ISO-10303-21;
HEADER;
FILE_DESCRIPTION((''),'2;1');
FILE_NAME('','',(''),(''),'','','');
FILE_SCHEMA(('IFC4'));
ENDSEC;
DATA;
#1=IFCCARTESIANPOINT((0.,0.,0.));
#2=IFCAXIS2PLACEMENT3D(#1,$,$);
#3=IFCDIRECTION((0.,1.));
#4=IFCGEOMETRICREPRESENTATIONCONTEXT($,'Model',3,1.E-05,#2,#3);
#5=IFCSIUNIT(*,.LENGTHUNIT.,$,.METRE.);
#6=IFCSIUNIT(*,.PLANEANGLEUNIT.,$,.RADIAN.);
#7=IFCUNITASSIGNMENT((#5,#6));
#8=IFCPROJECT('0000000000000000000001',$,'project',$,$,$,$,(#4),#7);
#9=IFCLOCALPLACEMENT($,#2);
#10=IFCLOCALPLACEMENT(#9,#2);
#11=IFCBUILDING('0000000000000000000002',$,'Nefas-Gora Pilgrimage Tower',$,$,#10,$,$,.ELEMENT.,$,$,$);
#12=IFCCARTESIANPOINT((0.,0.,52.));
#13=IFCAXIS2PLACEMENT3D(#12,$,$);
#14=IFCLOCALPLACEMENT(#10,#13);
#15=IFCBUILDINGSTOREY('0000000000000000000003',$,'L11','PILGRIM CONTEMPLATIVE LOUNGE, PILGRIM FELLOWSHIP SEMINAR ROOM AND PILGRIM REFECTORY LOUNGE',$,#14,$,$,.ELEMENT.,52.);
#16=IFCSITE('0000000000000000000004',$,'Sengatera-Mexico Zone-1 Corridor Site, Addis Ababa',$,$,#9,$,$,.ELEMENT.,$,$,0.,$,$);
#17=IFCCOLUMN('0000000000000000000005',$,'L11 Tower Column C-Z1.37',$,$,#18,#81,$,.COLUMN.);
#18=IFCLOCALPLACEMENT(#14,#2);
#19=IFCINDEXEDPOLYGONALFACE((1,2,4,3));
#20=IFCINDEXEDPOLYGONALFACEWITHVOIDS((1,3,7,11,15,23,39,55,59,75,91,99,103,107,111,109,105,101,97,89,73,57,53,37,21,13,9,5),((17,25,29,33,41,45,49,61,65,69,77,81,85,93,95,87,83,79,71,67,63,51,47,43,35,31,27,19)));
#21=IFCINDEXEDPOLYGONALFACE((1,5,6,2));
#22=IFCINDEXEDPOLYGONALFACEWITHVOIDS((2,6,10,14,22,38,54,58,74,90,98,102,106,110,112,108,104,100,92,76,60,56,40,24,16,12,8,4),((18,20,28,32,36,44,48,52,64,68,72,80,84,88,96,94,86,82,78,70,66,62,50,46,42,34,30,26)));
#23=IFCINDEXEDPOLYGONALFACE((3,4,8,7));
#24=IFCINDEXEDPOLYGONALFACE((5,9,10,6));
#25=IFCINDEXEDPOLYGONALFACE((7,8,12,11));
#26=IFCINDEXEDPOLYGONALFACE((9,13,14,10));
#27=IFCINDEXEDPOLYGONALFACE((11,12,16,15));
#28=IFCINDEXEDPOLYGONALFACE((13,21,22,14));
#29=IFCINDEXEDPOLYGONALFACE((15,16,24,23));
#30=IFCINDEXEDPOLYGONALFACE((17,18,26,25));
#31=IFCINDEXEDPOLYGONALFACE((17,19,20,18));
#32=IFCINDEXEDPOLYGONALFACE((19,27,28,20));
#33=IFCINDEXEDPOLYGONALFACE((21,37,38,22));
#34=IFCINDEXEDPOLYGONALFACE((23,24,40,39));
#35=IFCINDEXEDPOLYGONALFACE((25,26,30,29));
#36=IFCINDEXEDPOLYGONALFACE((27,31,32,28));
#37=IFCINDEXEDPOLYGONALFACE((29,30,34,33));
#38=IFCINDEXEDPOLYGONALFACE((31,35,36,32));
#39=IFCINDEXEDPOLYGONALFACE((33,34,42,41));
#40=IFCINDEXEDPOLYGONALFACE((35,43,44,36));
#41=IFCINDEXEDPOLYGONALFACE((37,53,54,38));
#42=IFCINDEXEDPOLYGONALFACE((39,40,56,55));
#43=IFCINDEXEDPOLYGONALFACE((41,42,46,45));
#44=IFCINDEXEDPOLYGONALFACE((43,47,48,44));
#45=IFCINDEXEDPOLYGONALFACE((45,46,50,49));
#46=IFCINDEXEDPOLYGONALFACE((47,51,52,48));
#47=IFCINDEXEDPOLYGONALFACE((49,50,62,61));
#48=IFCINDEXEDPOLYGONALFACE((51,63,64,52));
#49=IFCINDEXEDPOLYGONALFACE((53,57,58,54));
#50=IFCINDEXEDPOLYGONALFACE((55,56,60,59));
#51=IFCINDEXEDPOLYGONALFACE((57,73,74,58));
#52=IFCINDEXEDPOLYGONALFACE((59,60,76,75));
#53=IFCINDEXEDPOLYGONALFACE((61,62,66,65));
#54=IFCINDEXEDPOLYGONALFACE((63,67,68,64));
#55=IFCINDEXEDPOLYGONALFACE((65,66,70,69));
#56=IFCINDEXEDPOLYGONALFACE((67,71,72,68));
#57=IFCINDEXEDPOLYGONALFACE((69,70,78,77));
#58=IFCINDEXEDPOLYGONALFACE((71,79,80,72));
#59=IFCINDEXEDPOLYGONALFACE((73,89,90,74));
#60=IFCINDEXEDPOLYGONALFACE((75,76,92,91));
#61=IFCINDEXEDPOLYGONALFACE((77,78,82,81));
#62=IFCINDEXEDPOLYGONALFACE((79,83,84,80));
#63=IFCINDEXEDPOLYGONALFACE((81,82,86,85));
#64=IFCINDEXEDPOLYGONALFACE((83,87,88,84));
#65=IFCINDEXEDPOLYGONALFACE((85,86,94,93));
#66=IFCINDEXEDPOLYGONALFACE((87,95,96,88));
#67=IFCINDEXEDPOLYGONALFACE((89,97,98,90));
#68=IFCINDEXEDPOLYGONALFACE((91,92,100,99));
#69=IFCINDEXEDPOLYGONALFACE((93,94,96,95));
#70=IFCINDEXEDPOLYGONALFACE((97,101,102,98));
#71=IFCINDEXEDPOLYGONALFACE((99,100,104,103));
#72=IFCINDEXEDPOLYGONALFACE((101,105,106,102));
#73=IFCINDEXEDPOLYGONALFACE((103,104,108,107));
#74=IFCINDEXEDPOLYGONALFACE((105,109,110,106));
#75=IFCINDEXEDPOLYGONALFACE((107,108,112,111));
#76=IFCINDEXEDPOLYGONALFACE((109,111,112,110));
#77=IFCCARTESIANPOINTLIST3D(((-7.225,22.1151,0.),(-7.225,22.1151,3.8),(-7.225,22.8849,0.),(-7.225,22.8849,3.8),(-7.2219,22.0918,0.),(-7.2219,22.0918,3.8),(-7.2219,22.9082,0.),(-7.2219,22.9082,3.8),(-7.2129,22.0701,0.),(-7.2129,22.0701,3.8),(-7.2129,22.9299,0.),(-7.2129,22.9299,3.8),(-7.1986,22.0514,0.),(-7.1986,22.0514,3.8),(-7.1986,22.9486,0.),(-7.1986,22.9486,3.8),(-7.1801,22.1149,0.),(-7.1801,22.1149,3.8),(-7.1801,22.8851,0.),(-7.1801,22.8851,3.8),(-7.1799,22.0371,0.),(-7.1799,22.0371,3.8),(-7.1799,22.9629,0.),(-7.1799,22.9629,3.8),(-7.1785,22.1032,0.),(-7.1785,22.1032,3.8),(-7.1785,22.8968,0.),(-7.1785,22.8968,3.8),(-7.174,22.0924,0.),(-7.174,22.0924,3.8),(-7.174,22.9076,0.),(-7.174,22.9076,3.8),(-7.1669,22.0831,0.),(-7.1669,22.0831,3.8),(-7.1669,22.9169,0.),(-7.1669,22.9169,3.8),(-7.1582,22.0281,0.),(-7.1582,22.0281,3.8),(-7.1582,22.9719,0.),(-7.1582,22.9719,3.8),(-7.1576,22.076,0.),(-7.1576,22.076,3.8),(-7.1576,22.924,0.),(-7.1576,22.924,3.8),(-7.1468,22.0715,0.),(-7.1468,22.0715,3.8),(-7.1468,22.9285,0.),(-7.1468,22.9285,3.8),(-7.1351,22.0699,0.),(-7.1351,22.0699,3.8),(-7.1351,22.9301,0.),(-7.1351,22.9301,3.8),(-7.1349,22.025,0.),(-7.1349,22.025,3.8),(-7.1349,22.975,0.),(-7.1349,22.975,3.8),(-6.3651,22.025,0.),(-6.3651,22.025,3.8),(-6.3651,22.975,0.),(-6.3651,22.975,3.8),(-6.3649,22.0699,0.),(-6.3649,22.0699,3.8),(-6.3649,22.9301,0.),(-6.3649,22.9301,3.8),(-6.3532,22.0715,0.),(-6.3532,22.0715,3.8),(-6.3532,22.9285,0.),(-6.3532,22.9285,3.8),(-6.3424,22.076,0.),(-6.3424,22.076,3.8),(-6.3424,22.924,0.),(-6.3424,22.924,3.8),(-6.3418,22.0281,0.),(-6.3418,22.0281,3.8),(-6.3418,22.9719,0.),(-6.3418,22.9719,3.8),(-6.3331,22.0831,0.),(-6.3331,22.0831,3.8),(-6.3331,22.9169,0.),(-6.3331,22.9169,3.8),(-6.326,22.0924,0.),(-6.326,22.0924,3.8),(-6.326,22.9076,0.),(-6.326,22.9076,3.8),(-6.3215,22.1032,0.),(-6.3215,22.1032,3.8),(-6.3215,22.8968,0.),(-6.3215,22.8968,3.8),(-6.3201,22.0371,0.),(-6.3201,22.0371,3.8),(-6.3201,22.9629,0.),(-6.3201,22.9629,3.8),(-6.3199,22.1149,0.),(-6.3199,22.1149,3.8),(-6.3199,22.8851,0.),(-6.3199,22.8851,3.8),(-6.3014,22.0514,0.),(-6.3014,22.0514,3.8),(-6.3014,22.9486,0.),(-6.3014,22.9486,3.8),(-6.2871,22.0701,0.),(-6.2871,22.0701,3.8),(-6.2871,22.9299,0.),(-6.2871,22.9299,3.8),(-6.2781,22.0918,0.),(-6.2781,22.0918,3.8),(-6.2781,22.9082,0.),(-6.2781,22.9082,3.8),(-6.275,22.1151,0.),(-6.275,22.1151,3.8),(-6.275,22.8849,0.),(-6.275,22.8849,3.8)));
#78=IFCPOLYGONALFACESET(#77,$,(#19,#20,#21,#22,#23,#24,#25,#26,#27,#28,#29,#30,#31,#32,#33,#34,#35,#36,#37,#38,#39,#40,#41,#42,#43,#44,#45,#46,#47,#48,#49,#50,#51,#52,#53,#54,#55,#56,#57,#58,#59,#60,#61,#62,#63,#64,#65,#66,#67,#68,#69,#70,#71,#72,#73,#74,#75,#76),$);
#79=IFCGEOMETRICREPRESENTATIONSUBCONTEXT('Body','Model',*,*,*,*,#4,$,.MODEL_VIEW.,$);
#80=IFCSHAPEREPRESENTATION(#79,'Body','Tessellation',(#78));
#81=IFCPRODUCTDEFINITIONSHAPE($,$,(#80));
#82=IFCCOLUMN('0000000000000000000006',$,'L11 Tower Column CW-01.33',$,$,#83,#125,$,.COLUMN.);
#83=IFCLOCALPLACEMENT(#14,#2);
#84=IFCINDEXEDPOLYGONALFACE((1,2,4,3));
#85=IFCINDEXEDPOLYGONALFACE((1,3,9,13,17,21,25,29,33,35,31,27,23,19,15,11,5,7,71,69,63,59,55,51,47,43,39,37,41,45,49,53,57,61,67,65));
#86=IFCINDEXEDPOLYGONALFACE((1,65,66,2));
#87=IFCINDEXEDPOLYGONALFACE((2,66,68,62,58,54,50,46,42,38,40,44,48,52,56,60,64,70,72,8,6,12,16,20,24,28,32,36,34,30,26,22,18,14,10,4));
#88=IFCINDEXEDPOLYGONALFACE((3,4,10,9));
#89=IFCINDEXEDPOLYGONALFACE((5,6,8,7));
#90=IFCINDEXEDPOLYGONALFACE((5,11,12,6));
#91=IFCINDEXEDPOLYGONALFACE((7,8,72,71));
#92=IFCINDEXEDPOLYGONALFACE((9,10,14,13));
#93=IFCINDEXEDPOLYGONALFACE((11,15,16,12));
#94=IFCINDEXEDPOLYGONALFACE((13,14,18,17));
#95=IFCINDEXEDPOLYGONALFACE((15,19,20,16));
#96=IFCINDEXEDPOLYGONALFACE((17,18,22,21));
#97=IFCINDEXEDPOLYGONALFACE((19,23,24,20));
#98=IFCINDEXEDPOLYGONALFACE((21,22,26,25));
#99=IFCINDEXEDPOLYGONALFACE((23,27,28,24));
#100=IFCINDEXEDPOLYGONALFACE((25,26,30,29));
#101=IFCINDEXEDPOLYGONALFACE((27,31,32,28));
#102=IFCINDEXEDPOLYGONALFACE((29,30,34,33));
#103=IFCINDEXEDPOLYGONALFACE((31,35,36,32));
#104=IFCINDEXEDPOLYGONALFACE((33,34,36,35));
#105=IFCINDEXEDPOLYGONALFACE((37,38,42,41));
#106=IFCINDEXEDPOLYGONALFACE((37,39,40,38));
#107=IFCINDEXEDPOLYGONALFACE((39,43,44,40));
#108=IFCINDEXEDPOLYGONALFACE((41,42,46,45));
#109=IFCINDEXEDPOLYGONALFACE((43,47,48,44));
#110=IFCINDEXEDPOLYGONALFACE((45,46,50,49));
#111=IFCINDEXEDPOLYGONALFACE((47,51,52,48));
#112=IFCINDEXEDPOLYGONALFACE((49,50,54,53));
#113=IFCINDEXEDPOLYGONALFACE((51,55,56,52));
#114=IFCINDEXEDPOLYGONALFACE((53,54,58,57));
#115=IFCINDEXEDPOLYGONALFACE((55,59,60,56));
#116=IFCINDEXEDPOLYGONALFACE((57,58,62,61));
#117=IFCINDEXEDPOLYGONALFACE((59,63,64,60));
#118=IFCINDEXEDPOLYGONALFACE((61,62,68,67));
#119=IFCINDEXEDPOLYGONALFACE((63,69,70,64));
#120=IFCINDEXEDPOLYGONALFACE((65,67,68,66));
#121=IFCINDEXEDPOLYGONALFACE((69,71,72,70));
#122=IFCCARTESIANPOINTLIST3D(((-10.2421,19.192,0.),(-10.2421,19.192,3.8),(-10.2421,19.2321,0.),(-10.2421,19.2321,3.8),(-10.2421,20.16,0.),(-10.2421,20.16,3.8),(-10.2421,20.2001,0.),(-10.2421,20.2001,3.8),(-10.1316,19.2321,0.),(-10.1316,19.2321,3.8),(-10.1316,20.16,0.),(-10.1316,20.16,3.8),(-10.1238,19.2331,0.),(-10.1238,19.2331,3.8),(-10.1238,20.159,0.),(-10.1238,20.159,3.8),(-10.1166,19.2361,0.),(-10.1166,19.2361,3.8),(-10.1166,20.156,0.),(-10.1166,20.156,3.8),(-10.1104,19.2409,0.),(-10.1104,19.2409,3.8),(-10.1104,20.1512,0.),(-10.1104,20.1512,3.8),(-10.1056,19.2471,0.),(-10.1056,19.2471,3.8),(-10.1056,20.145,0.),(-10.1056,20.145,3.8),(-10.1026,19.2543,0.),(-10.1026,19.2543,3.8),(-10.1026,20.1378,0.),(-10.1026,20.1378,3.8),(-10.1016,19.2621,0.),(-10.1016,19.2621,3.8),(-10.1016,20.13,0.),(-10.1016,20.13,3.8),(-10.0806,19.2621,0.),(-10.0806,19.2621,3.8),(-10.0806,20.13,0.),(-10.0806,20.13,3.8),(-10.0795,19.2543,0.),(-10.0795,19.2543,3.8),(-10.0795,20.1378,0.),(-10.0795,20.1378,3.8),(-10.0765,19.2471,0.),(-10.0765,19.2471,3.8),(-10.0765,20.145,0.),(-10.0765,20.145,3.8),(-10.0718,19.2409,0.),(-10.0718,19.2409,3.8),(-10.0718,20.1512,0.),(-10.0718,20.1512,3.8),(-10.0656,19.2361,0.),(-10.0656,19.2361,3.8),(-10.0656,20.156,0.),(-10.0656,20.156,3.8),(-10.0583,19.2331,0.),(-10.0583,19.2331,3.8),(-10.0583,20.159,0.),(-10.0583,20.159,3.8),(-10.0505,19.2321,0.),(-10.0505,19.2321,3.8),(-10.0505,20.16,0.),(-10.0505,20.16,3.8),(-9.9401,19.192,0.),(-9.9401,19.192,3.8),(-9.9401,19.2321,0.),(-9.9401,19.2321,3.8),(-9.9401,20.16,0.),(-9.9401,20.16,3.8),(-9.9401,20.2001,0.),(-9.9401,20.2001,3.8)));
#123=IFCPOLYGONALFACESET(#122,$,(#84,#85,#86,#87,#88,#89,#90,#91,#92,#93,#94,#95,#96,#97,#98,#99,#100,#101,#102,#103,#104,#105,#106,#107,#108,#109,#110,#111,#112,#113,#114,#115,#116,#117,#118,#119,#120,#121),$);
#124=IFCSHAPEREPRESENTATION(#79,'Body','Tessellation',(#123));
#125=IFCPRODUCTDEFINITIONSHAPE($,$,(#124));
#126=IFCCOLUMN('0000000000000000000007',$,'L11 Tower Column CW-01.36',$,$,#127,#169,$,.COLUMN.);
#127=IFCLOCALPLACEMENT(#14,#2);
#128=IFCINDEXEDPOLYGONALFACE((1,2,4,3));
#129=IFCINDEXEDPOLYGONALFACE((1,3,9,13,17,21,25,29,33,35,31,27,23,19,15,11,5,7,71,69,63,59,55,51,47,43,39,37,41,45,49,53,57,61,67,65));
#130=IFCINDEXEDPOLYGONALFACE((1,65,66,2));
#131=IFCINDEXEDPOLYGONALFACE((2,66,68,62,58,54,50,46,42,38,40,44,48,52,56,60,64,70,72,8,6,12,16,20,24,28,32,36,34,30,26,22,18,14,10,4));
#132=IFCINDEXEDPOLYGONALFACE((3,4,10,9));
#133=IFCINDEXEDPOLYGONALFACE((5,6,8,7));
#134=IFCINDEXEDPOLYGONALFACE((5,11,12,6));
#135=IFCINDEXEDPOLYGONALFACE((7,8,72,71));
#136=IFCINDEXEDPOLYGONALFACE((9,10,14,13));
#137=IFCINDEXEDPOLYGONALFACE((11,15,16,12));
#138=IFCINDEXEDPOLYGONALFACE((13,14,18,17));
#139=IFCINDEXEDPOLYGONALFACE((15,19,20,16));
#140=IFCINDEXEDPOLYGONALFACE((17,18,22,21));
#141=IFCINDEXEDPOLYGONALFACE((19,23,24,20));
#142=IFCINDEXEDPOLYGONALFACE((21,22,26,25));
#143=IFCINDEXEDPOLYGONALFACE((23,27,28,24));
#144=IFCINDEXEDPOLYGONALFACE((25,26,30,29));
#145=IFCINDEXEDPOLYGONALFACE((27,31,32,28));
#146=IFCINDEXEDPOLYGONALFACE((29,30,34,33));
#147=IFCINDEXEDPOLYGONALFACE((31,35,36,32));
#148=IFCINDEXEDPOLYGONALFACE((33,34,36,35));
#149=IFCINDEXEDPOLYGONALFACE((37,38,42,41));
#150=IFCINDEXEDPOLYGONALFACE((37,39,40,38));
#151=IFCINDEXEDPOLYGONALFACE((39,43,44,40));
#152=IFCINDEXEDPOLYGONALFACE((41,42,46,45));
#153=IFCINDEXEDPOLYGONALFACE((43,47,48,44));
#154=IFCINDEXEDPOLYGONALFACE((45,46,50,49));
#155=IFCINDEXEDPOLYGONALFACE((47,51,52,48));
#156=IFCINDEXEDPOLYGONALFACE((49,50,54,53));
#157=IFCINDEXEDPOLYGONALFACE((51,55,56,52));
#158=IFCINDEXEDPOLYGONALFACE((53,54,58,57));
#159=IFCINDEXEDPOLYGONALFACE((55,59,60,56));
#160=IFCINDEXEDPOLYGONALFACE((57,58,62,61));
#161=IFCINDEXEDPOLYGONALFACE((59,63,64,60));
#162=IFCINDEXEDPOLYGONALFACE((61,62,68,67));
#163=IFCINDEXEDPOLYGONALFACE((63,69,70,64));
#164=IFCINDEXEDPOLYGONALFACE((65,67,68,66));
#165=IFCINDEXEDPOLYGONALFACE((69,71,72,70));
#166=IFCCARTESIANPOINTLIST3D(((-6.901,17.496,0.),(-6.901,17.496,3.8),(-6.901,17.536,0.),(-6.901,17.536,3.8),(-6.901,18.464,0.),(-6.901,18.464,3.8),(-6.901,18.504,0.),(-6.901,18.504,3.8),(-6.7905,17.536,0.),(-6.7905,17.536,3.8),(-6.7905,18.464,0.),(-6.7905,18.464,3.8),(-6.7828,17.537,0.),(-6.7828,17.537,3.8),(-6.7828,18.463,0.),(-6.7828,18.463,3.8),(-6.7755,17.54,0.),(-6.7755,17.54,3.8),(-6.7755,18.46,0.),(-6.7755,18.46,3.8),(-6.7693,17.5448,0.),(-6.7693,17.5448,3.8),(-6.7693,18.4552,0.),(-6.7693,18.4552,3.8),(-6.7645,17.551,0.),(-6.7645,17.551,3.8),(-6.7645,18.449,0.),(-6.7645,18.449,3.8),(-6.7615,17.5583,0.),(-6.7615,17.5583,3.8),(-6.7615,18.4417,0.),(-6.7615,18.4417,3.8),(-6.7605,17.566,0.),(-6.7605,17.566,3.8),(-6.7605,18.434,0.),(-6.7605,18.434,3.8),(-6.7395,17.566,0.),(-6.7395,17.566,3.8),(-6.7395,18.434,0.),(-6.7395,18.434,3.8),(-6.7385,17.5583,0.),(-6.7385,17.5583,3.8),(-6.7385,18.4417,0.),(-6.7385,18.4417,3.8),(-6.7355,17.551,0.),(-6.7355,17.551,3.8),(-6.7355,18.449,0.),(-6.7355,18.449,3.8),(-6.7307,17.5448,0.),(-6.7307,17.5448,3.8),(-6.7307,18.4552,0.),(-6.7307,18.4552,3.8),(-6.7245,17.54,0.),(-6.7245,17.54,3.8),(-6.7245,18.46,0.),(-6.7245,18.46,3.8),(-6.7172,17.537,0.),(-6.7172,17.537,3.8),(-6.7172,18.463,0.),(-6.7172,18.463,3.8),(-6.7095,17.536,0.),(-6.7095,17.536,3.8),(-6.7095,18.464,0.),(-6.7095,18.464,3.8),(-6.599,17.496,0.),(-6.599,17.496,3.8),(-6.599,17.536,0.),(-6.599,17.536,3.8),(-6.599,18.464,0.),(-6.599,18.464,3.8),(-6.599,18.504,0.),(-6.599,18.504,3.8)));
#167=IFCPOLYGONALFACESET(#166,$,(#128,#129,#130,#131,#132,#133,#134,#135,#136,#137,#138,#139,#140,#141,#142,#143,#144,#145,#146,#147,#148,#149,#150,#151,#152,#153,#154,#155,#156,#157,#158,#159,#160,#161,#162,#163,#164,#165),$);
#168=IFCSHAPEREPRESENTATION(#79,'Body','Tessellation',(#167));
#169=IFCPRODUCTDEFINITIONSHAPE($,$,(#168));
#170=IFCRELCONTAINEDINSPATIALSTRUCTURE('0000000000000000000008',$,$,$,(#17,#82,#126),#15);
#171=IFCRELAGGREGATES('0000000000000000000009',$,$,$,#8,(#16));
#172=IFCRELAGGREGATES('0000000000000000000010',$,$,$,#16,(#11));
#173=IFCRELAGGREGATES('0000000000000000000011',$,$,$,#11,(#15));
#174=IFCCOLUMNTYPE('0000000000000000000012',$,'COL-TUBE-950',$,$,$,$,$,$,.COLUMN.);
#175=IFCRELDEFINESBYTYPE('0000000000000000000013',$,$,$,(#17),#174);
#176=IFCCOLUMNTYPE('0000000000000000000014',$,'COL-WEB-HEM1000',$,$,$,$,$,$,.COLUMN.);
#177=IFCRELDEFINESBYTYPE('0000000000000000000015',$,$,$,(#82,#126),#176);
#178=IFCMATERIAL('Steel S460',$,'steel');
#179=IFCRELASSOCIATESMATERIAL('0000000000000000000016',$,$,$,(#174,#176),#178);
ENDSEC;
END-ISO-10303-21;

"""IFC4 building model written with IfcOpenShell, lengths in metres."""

from ifc_helpers import new_model, si_unit, direction, frame, origin, origin_2d, place, context, subcontext, project, spatial, hollow_rectangle, i_section, extrude, source, transform, mapped, material, material_profile, profile_set, type_object, element, save


model = new_model("IFC4")

# Units and contexts
model_context = context("Model", 3, precision=1e-05, world=origin(), true_north=direction((0.0, 1.0)))
body_context = subcontext(model_context, "Body", "Model", "MODEL_VIEW")
ifc_project = project(units=[si_unit("LENGTHUNIT", "METRE"), si_unit("PLANEANGLEUNIT", "RADIAN")], contexts=[model_context])

# Site, building, storey
site_placement = place(None, origin())
site = spatial("IfcSite", under=ifc_project, at=site_placement, Name="Sengatera-Mexico Zone-1 Corridor Site, Addis Ababa", CompositionType="ELEMENT", RefElevation=0.0)
building_placement = place(site_placement, origin())
building = spatial("IfcBuilding", under=site, at=building_placement, Name="Nefas-Gora Pilgrimage Tower", CompositionType="ELEMENT")
storey_placement = place(building_placement, frame((0.0, 0.0, 52.0)))
storey = spatial("IfcBuildingStorey", under=building, at=storey_placement, Name="L11", Description="PILGRIM CONTEMPLATIVE LOUNGE, PILGRIM FELLOWSHIP SEMINAR ROOM AND PILGRIM REFECTORY LOUNGE", CompositionType="ELEMENT", Elevation=52.0)

# Columns
ifc_material_1 = material(Name="Steel S460", Category="steel")
ifc_material_profile_1 = material_profile(ifc_material_1, hollow_rectangle(XDim=0.95, YDim=0.95, WallThickness=0.0449, InnerFilletRadius=0.0449, OuterFilletRadius=0.0901, at=origin_2d()), Name="BOX 950x950x45")
ifc_profile_set_1 = profile_set([ifc_material_profile_1], Name="Steel S460")
column_type_1 = type_object("IfcColumnType", Name="COL-TUBE-950", PredefinedType="COLUMN", material=ifc_profile_set_1)
shared_shape_1 = source(origin(), body_context, "Body", "SweptSolid", [
    extrude(hollow_rectangle(XDim=0.95, YDim=0.95, WallThickness=0.0449, InnerFilletRadius=0.0449, OuterFilletRadius=0.0901, at=origin_2d()), origin(), (0.0, 0.0, 1.0), 3.8),
])
column_placement = place(storey_placement, frame((-6.75, 22.5, 0.0), z_axis=(0.0, 0.0, 1.0), x_axis=(1.0, 0.0, 0.0)))
element("IfcColumn", 1, at=column_placement, inside=storey, type_object=column_type_1, Name="L11 Tower Column C-Z1.37", PredefinedType="COLUMN", context=body_context, shape_type="MappedRepresentation", body=[
    mapped(shared_shape_1, transform((0.0, 0.0, 0.0), x_axis=(1.0, 0.0, 0.0), y_axis=(0.0, 1.0, 0.0), z_axis=(0.0, 0.0, 1.0), scale=1.0)),
])
ifc_material_profile_2 = material_profile(ifc_material_1, i_section(OverallWidth=0.302, OverallDepth=1.0081, WebThickness=0.021, FlangeThickness=0.04, FilletRadius=0.03, at=origin_2d()), Name="HEM 1000")
ifc_profile_set_2 = profile_set([ifc_material_profile_2], Name="Steel S460")
column_type_2 = type_object("IfcColumnType", Name="COL-WEB-HEM1000", PredefinedType="COLUMN", material=ifc_profile_set_2)
shared_shape_2 = source(origin(), body_context, "Body", "SweptSolid", [
    extrude(i_section(OverallWidth=0.302, OverallDepth=1.0081, WebThickness=0.021, FlangeThickness=0.04, FilletRadius=0.03, at=origin_2d()), origin(), (0.0, 0.0, 1.0), 3.8),
])
for number, where, z_axis, x_axis, name in (
    (2, (-10.0911, 19.696, 0.0), (0.0, 0.0, 1.0), (1.0, 0.0, 0.0), "L11 Tower Column CW-01.33"),
    (3, (-6.75, 18.0, 0.0), (0.0, 0.0, 1.0), (1.0, 0.0, 0.0), "L11 Tower Column CW-01.36"),
):
    element("IfcColumn", number, at=place(storey_placement, frame(where, z_axis=z_axis, x_axis=x_axis)), inside=storey, type_object=column_type_2, Name=name, PredefinedType="COLUMN", context=body_context, shape_type="MappedRepresentation", body=[
        mapped(shared_shape_2, transform((0.0, 0.0, 0.0), x_axis=(1.0, 0.0, 0.0), y_axis=(0.0, 1.0, 0.0), z_axis=(0.0, 0.0, 1.0), scale=1.0)),
    ])

save(model, "model.ifc")
